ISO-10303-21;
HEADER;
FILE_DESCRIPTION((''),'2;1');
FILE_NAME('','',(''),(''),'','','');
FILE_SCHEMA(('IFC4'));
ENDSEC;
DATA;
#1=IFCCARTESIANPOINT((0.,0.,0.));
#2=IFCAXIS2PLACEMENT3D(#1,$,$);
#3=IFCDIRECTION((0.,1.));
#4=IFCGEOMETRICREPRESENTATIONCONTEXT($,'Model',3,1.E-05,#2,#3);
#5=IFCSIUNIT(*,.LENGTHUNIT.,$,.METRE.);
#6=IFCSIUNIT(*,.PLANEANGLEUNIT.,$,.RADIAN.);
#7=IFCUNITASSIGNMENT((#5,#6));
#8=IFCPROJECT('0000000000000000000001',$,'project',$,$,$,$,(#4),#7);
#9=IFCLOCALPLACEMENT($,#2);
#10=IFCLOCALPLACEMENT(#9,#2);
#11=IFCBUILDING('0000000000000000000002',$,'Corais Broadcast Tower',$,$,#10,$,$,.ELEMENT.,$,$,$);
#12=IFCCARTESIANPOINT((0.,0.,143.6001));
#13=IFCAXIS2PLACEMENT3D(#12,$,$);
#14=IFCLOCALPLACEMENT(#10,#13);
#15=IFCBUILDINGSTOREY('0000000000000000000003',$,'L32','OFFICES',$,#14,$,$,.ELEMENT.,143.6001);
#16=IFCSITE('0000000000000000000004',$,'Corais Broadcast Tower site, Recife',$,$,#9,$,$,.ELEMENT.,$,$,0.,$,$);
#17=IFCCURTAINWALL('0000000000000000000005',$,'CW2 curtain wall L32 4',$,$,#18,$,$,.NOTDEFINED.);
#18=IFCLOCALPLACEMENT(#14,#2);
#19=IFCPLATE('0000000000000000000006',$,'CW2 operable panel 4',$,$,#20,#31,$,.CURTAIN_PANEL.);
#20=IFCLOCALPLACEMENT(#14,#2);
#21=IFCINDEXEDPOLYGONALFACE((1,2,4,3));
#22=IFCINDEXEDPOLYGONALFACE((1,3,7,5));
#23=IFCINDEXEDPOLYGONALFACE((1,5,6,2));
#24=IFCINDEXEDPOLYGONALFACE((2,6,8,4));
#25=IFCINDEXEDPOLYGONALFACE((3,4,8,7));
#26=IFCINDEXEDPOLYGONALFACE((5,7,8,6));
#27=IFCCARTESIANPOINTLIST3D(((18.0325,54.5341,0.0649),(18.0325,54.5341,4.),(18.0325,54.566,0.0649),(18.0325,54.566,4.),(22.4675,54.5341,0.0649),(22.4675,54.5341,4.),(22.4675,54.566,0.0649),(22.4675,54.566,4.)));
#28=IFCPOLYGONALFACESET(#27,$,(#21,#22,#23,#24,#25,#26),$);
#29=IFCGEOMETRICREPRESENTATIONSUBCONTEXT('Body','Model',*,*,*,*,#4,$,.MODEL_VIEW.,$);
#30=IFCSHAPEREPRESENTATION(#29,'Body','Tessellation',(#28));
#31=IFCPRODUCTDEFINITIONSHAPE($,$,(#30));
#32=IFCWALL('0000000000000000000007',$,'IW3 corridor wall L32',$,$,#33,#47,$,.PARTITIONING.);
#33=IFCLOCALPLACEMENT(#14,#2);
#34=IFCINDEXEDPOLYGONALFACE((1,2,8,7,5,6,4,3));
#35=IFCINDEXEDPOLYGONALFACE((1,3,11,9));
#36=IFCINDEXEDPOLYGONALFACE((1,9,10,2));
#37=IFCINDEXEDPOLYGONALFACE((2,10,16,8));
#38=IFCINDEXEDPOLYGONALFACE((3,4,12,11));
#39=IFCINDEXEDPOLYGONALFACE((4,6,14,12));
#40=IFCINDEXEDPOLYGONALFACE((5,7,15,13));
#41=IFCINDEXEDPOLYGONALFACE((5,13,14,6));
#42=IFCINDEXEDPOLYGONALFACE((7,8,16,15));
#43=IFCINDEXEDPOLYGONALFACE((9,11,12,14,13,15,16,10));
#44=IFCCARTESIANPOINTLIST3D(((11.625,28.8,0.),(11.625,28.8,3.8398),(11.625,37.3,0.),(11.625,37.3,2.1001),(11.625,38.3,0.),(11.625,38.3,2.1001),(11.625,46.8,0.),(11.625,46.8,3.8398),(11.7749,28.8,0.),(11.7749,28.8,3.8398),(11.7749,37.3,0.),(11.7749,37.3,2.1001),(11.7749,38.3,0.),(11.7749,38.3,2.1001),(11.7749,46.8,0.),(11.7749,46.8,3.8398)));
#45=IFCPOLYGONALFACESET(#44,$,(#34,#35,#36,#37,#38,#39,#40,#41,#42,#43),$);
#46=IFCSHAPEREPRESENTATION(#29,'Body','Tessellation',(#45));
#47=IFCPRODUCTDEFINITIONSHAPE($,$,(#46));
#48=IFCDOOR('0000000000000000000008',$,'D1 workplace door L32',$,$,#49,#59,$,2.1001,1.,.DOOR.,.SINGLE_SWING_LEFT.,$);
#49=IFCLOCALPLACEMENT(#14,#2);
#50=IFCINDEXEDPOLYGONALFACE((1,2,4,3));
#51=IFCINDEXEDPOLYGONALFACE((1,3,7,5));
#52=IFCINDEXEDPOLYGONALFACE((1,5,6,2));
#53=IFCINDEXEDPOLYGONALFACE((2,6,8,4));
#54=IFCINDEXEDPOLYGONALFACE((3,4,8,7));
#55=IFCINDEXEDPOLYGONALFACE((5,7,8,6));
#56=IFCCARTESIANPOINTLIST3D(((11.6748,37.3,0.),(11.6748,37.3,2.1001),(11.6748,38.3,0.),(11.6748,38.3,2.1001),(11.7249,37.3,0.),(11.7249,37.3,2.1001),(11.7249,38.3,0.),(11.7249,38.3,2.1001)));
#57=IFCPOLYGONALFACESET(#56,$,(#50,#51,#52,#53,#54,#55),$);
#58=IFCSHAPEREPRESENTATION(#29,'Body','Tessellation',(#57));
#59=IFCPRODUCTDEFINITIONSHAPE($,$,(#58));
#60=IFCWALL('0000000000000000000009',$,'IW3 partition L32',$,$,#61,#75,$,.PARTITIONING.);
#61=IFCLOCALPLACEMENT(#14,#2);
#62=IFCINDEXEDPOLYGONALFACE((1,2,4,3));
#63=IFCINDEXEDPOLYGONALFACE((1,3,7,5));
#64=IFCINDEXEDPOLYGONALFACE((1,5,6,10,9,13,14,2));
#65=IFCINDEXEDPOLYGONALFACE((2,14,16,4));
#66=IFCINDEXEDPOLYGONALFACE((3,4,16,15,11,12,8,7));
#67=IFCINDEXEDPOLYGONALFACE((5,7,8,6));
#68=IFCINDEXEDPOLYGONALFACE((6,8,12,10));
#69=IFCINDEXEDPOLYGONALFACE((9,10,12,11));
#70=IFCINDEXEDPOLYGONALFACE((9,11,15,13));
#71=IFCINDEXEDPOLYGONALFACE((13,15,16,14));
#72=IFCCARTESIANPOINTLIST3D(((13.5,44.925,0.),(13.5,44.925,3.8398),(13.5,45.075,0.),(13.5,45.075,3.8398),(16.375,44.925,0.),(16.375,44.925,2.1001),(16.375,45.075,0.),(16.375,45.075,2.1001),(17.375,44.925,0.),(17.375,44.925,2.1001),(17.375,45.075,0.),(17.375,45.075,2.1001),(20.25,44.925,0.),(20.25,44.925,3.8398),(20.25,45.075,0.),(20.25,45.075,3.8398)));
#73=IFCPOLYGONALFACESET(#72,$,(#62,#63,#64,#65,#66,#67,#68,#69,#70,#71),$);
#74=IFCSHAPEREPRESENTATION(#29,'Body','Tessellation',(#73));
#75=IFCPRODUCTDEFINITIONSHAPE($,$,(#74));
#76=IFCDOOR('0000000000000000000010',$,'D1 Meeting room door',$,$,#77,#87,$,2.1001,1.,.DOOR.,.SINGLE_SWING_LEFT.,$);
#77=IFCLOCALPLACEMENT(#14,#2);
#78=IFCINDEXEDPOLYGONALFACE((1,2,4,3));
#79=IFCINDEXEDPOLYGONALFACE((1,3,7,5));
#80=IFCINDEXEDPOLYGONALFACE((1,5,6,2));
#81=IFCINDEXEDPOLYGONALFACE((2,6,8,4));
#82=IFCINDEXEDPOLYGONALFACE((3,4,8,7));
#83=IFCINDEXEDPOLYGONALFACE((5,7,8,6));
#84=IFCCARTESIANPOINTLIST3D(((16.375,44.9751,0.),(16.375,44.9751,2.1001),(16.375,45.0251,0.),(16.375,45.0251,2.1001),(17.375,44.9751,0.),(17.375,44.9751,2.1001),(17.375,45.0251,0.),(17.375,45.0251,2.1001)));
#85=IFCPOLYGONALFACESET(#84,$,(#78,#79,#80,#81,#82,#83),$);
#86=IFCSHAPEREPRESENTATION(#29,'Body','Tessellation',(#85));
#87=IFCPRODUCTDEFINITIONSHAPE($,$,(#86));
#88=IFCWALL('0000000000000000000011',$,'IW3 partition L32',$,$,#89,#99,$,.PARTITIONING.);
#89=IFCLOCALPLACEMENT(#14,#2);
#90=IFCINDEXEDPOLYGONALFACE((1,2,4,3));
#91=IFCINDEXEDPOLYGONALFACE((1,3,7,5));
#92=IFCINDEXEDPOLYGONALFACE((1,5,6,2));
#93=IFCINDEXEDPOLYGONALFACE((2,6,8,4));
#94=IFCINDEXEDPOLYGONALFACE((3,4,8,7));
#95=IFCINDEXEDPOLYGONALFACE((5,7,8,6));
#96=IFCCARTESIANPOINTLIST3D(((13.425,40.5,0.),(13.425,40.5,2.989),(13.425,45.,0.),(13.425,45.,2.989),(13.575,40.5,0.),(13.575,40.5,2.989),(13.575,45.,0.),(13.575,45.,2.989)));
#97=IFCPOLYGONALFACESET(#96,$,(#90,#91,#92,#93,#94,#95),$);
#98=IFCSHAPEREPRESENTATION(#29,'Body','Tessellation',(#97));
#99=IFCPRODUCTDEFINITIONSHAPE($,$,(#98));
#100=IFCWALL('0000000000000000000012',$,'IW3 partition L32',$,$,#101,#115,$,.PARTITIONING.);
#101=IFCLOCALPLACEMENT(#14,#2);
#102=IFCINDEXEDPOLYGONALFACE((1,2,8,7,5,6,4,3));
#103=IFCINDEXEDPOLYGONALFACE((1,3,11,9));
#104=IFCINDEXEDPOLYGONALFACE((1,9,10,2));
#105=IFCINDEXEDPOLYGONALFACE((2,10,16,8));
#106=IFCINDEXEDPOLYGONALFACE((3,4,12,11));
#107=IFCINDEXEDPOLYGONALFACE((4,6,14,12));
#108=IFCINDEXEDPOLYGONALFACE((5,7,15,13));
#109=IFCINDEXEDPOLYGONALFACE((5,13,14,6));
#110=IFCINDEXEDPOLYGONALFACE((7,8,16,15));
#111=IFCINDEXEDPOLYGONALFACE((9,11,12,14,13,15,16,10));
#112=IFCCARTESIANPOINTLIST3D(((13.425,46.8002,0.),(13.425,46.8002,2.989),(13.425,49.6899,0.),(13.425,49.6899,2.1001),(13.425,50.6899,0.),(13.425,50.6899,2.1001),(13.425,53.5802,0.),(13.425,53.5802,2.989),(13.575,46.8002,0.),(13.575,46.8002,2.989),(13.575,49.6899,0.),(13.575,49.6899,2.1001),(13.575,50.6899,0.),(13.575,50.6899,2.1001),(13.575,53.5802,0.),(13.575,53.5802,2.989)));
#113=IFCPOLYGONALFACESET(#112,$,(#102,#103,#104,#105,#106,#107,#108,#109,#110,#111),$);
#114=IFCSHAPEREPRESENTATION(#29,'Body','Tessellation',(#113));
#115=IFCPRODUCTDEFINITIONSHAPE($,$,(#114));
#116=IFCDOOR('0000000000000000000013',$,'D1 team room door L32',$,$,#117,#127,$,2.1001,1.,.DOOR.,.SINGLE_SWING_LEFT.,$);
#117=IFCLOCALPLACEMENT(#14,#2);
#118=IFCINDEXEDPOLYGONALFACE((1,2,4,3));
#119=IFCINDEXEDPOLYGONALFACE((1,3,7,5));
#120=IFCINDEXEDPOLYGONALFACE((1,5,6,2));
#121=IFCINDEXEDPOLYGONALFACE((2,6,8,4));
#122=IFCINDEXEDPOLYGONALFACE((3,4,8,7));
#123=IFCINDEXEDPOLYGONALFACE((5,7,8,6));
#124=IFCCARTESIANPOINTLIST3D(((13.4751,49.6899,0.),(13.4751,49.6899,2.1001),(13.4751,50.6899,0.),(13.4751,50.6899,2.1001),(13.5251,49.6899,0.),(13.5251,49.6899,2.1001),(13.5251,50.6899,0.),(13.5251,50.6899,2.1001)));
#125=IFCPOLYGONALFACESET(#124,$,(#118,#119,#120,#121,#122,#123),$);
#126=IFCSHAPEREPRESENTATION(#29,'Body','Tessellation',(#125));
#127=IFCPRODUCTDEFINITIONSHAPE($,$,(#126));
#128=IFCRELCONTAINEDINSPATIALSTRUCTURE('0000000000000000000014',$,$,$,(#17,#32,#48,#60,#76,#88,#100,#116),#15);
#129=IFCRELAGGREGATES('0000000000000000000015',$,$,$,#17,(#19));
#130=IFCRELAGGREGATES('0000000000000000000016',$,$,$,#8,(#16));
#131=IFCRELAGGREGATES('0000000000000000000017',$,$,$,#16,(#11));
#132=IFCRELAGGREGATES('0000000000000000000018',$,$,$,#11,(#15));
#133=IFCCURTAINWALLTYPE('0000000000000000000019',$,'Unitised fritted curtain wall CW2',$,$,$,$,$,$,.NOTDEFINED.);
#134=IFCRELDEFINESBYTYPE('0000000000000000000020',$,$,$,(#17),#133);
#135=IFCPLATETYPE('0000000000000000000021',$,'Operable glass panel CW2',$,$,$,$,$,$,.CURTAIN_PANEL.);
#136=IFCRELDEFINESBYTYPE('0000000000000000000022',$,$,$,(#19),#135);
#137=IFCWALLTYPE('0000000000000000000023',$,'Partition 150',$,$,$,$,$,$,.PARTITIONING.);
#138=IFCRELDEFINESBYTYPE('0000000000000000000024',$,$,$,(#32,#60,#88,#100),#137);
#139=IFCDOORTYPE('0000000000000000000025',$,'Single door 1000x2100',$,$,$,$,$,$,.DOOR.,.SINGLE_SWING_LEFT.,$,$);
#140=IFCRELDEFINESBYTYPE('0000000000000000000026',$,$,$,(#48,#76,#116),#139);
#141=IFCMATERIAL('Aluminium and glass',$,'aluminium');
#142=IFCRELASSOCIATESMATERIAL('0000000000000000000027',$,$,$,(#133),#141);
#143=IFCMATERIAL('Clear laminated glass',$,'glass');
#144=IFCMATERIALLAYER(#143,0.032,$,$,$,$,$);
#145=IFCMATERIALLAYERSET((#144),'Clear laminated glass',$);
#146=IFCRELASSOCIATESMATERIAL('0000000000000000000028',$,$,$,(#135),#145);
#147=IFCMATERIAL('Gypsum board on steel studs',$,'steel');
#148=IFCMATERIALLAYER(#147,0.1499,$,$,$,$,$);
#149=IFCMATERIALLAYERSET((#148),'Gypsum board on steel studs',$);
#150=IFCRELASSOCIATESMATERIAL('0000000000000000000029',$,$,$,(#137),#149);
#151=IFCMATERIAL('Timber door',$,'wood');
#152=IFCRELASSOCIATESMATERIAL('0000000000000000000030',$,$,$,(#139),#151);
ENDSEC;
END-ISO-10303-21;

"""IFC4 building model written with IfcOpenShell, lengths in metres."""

from ifc_helpers import new_model, si_unit, direction, frame, frame_2d, origin, origin_2d, place, context, subcontext, project, spatial, rectangle, extrude, material, layer, layer_set, type_object, element, fill, aggregate, save


model = new_model("IFC4")

# Units and contexts
model_context = context("Model", 3, precision=1e-05, world=origin(), true_north=direction((0.0, 1.0)))
body_context = subcontext(model_context, "Body", "Model", "MODEL_VIEW")
ifc_project = project(units=[si_unit("LENGTHUNIT", "METRE"), si_unit("PLANEANGLEUNIT", "RADIAN")], contexts=[model_context])

# Site, building, storey
site_placement = place(None, origin())
site = spatial("IfcSite", under=ifc_project, at=site_placement, Name="Corais Broadcast Tower site, Recife", CompositionType="ELEMENT", RefElevation=0.0)
building_placement = place(site_placement, origin())
building = spatial("IfcBuilding", under=site, at=building_placement, Name="Corais Broadcast Tower", CompositionType="ELEMENT")
storey_placement = place(building_placement, frame((0.0, 0.0, 143.6001)))
storey = spatial("IfcBuildingStorey", under=building, at=storey_placement, Name="L32", Description="OFFICES", CompositionType="ELEMENT", Elevation=143.6001)

# Curtain wall
ifc_material_1 = material(Name="Aluminium and glass", Category="aluminium")
curtain_wall_type = type_object("IfcCurtainWallType", Name="Unitised fritted curtain wall CW2", PredefinedType="NOTDEFINED", material=ifc_material_1)
curtain_wall_placement = place(storey_placement, origin())
curtain_wall = element("IfcCurtainWall", 1, at=curtain_wall_placement, inside=storey, type_object=curtain_wall_type, Name="CW2 curtain wall L32 4", PredefinedType="NOTDEFINED")

# Plate
ifc_material_2 = material(Name="Clear laminated glass", Category="glass")
ifc_layer_1 = layer(ifc_material_2, 0.032)
ifc_layer_set_1 = layer_set([ifc_layer_1], Name="Clear laminated glass")
plate_type_1 = type_object("IfcPlateType", Name="Operable glass panel CW2", PredefinedType="CURTAIN_PANEL", material=ifc_layer_set_1)
plate_1_placement = place(storey_placement, frame((20.25, 54.55, 0.0649), z_axis=(0.0, 0.0, 1.0), x_axis=(1.0, 0.0, 0.0)))
plate_1 = element("IfcPlate", 2, at=plate_1_placement, type_object=plate_type_1, Name="CW2 operable panel 4", PredefinedType="CURTAIN_PANEL", context=body_context, shape_type="SweptSolid", body=[
    extrude(rectangle(XDim=4.4351, YDim=0.032, at=origin_2d()), origin(), (0.0, 0.0, 1.0), 3.9351),
])
aggregate(curtain_wall, [plate_1])

# Walls, openings, doors
ifc_material_3 = material(Name="Gypsum board on steel studs", Category="steel")
ifc_layer_2 = layer(ifc_material_3, 0.1499)
ifc_layer_set_2 = layer_set([ifc_layer_2], Name="Gypsum board on steel studs")
wall_type = type_object("IfcWallType", Name="Partition 150", PredefinedType="PARTITIONING", material=ifc_layer_set_2)
wall_1_placement = place(storey_placement, frame((11.7, 46.8, 0.0), z_axis=(0.0, 0.0, 1.0), x_axis=(0.0, -1.0, 0.0)))
wall_1 = element("IfcWall", 3, at=wall_1_placement, inside=storey, type_object=wall_type, Name="IW3 corridor wall L32", PredefinedType="PARTITIONING", context=body_context, shape_type="SweptSolid", body=[
    extrude(rectangle(XDim=18.0, YDim=0.1499, at=frame_2d((9.0, 0.0))), origin(), (0.0, 0.0, 1.0), 3.8398),
])
opening_1_placement = place(wall_1_placement, frame((8.5, 0.0, 0.0)))
opening_1 = element("IfcOpeningElement", 4, at=opening_1_placement, cuts=wall_1, PredefinedType="OPENING", context=body_context, shape_type="SweptSolid", body=[
    extrude(rectangle(XDim=1.0, YDim=2.1001, at=frame_2d((0.5, 1.05))), frame((0.0, 0.085, 0.0), z_axis=(0.0, -1.0, 0.0), x_axis=(1.0, 0.0, 0.0)), (0.0, 0.0, 1.0), 0.1699),
])
ifc_material_4 = material(Name="Timber door", Category="wood")
door_type = type_object("IfcDoorType", Name="Single door 1000x2100", OperationType="SINGLE_SWING_LEFT", PredefinedType="DOOR", material=ifc_material_4)
door_1_placement = place(opening_1_placement, origin())
door_1 = element("IfcDoor", 5, at=door_1_placement, inside=storey, type_object=door_type, Name="D1 workplace door L32", OperationType="SINGLE_SWING_LEFT", OverallHeight=2.1001, OverallWidth=1.0, PredefinedType="DOOR", context=body_context, shape_type="SweptSolid", body=[
    extrude(rectangle(XDim=1.0, YDim=2.1001, at=frame_2d((0.5, 1.05))), frame((0.0, 0.0249, 0.0), z_axis=(0.0, -1.0, 0.0), x_axis=(1.0, 0.0, 0.0)), (0.0, 0.0, 1.0), 0.05),
])
fill(opening_1, door_1)
wall_2_placement = place(storey_placement, frame((20.25, 45.0, 0.0), z_axis=(0.0, 0.0, 1.0), x_axis=(-1.0, 0.0, 0.0)))
wall_2 = element("IfcWall", 6, at=wall_2_placement, inside=storey, type_object=wall_type, Name="IW3 partition L32", PredefinedType="PARTITIONING", context=body_context, shape_type="SweptSolid", body=[
    extrude(rectangle(XDim=6.75, YDim=0.1499, at=frame_2d((3.375, 0.0))), origin(), (0.0, 0.0, 1.0), 3.8398),
])
opening_2_placement = place(wall_2_placement, frame((2.875, 0.0, 0.0)))
opening_2 = element("IfcOpeningElement", 7, at=opening_2_placement, cuts=wall_2, PredefinedType="OPENING", context=body_context, shape_type="SweptSolid", body=[
    extrude(rectangle(XDim=1.0, YDim=2.1001, at=frame_2d((0.5, 1.05))), frame((0.0, 0.085, 0.0), z_axis=(0.0, -1.0, 0.0), x_axis=(1.0, 0.0, 0.0)), (0.0, 0.0, 1.0), 0.1699),
])
door_2_placement = place(opening_2_placement, origin())
door_2 = element("IfcDoor", 8, at=door_2_placement, inside=storey, type_object=door_type, Name="D1 Meeting room door", OperationType="SINGLE_SWING_LEFT", OverallHeight=2.1001, OverallWidth=1.0, PredefinedType="DOOR", context=body_context, shape_type="SweptSolid", body=[
    extrude(rectangle(XDim=1.0, YDim=2.1001, at=frame_2d((0.5, 1.05))), frame((0.0, 0.0249, 0.0), z_axis=(0.0, -1.0, 0.0), x_axis=(1.0, 0.0, 0.0)), (0.0, 0.0, 1.0), 0.05),
])
fill(opening_2, door_2)

# Wall
wall_3_placement = place(storey_placement, frame((13.5, 45.0, 0.0), z_axis=(0.0, 0.0, 1.0), x_axis=(0.0, -1.0, 0.0)))
element("IfcWall", 9, at=wall_3_placement, inside=storey, type_object=wall_type, Name="IW3 partition L32", PredefinedType="PARTITIONING", context=body_context, shape_type="SweptSolid", body=[
    extrude(rectangle(XDim=4.5, YDim=0.1499, at=frame_2d((2.25, 0.0))), origin(), (0.0, 0.0, 1.0), 2.989),
])

# Wall, opening, door
wall_4_placement = place(storey_placement, frame((13.5, 46.8, 0.0), z_axis=(0.0, 0.0, 1.0), x_axis=(0.0, 1.0, 0.0)))
wall_4 = element("IfcWall", 10, at=wall_4_placement, inside=storey, type_object=wall_type, Name="IW3 partition L32", PredefinedType="PARTITIONING", context=body_context, shape_type="SweptSolid", body=[
    extrude(rectangle(XDim=6.78, YDim=0.1499, at=frame_2d((3.3901, 0.0))), origin(), (0.0, 0.0, 1.0), 2.989),
])
opening_3_placement = place(wall_4_placement, frame((2.8899, 0.0, 0.0)))
opening_3 = element("IfcOpeningElement", 11, at=opening_3_placement, cuts=wall_4, PredefinedType="OPENING", context=body_context, shape_type="SweptSolid", body=[
    extrude(rectangle(XDim=1.0, YDim=2.1001, at=frame_2d((0.5, 1.05))), frame((0.0, 0.085, 0.0), z_axis=(0.0, -1.0, 0.0), x_axis=(1.0, 0.0, 0.0)), (0.0, 0.0, 1.0), 0.1699),
])
door_3_placement = place(opening_3_placement, origin())
door_3 = element("IfcDoor", 12, at=door_3_placement, inside=storey, type_object=door_type, Name="D1 team room door L32", OperationType="SINGLE_SWING_LEFT", OverallHeight=2.1001, OverallWidth=1.0, PredefinedType="DOOR", context=body_context, shape_type="SweptSolid", body=[
    extrude(rectangle(XDim=1.0, YDim=2.1001, at=frame_2d((0.5, 1.05))), frame((0.0, 0.0249, 0.0), z_axis=(0.0, -1.0, 0.0), x_axis=(1.0, 0.0, 0.0)), (0.0, 0.0, 1.0), 0.05),
])
fill(opening_3, door_3)

save(model, "model.ifc")
